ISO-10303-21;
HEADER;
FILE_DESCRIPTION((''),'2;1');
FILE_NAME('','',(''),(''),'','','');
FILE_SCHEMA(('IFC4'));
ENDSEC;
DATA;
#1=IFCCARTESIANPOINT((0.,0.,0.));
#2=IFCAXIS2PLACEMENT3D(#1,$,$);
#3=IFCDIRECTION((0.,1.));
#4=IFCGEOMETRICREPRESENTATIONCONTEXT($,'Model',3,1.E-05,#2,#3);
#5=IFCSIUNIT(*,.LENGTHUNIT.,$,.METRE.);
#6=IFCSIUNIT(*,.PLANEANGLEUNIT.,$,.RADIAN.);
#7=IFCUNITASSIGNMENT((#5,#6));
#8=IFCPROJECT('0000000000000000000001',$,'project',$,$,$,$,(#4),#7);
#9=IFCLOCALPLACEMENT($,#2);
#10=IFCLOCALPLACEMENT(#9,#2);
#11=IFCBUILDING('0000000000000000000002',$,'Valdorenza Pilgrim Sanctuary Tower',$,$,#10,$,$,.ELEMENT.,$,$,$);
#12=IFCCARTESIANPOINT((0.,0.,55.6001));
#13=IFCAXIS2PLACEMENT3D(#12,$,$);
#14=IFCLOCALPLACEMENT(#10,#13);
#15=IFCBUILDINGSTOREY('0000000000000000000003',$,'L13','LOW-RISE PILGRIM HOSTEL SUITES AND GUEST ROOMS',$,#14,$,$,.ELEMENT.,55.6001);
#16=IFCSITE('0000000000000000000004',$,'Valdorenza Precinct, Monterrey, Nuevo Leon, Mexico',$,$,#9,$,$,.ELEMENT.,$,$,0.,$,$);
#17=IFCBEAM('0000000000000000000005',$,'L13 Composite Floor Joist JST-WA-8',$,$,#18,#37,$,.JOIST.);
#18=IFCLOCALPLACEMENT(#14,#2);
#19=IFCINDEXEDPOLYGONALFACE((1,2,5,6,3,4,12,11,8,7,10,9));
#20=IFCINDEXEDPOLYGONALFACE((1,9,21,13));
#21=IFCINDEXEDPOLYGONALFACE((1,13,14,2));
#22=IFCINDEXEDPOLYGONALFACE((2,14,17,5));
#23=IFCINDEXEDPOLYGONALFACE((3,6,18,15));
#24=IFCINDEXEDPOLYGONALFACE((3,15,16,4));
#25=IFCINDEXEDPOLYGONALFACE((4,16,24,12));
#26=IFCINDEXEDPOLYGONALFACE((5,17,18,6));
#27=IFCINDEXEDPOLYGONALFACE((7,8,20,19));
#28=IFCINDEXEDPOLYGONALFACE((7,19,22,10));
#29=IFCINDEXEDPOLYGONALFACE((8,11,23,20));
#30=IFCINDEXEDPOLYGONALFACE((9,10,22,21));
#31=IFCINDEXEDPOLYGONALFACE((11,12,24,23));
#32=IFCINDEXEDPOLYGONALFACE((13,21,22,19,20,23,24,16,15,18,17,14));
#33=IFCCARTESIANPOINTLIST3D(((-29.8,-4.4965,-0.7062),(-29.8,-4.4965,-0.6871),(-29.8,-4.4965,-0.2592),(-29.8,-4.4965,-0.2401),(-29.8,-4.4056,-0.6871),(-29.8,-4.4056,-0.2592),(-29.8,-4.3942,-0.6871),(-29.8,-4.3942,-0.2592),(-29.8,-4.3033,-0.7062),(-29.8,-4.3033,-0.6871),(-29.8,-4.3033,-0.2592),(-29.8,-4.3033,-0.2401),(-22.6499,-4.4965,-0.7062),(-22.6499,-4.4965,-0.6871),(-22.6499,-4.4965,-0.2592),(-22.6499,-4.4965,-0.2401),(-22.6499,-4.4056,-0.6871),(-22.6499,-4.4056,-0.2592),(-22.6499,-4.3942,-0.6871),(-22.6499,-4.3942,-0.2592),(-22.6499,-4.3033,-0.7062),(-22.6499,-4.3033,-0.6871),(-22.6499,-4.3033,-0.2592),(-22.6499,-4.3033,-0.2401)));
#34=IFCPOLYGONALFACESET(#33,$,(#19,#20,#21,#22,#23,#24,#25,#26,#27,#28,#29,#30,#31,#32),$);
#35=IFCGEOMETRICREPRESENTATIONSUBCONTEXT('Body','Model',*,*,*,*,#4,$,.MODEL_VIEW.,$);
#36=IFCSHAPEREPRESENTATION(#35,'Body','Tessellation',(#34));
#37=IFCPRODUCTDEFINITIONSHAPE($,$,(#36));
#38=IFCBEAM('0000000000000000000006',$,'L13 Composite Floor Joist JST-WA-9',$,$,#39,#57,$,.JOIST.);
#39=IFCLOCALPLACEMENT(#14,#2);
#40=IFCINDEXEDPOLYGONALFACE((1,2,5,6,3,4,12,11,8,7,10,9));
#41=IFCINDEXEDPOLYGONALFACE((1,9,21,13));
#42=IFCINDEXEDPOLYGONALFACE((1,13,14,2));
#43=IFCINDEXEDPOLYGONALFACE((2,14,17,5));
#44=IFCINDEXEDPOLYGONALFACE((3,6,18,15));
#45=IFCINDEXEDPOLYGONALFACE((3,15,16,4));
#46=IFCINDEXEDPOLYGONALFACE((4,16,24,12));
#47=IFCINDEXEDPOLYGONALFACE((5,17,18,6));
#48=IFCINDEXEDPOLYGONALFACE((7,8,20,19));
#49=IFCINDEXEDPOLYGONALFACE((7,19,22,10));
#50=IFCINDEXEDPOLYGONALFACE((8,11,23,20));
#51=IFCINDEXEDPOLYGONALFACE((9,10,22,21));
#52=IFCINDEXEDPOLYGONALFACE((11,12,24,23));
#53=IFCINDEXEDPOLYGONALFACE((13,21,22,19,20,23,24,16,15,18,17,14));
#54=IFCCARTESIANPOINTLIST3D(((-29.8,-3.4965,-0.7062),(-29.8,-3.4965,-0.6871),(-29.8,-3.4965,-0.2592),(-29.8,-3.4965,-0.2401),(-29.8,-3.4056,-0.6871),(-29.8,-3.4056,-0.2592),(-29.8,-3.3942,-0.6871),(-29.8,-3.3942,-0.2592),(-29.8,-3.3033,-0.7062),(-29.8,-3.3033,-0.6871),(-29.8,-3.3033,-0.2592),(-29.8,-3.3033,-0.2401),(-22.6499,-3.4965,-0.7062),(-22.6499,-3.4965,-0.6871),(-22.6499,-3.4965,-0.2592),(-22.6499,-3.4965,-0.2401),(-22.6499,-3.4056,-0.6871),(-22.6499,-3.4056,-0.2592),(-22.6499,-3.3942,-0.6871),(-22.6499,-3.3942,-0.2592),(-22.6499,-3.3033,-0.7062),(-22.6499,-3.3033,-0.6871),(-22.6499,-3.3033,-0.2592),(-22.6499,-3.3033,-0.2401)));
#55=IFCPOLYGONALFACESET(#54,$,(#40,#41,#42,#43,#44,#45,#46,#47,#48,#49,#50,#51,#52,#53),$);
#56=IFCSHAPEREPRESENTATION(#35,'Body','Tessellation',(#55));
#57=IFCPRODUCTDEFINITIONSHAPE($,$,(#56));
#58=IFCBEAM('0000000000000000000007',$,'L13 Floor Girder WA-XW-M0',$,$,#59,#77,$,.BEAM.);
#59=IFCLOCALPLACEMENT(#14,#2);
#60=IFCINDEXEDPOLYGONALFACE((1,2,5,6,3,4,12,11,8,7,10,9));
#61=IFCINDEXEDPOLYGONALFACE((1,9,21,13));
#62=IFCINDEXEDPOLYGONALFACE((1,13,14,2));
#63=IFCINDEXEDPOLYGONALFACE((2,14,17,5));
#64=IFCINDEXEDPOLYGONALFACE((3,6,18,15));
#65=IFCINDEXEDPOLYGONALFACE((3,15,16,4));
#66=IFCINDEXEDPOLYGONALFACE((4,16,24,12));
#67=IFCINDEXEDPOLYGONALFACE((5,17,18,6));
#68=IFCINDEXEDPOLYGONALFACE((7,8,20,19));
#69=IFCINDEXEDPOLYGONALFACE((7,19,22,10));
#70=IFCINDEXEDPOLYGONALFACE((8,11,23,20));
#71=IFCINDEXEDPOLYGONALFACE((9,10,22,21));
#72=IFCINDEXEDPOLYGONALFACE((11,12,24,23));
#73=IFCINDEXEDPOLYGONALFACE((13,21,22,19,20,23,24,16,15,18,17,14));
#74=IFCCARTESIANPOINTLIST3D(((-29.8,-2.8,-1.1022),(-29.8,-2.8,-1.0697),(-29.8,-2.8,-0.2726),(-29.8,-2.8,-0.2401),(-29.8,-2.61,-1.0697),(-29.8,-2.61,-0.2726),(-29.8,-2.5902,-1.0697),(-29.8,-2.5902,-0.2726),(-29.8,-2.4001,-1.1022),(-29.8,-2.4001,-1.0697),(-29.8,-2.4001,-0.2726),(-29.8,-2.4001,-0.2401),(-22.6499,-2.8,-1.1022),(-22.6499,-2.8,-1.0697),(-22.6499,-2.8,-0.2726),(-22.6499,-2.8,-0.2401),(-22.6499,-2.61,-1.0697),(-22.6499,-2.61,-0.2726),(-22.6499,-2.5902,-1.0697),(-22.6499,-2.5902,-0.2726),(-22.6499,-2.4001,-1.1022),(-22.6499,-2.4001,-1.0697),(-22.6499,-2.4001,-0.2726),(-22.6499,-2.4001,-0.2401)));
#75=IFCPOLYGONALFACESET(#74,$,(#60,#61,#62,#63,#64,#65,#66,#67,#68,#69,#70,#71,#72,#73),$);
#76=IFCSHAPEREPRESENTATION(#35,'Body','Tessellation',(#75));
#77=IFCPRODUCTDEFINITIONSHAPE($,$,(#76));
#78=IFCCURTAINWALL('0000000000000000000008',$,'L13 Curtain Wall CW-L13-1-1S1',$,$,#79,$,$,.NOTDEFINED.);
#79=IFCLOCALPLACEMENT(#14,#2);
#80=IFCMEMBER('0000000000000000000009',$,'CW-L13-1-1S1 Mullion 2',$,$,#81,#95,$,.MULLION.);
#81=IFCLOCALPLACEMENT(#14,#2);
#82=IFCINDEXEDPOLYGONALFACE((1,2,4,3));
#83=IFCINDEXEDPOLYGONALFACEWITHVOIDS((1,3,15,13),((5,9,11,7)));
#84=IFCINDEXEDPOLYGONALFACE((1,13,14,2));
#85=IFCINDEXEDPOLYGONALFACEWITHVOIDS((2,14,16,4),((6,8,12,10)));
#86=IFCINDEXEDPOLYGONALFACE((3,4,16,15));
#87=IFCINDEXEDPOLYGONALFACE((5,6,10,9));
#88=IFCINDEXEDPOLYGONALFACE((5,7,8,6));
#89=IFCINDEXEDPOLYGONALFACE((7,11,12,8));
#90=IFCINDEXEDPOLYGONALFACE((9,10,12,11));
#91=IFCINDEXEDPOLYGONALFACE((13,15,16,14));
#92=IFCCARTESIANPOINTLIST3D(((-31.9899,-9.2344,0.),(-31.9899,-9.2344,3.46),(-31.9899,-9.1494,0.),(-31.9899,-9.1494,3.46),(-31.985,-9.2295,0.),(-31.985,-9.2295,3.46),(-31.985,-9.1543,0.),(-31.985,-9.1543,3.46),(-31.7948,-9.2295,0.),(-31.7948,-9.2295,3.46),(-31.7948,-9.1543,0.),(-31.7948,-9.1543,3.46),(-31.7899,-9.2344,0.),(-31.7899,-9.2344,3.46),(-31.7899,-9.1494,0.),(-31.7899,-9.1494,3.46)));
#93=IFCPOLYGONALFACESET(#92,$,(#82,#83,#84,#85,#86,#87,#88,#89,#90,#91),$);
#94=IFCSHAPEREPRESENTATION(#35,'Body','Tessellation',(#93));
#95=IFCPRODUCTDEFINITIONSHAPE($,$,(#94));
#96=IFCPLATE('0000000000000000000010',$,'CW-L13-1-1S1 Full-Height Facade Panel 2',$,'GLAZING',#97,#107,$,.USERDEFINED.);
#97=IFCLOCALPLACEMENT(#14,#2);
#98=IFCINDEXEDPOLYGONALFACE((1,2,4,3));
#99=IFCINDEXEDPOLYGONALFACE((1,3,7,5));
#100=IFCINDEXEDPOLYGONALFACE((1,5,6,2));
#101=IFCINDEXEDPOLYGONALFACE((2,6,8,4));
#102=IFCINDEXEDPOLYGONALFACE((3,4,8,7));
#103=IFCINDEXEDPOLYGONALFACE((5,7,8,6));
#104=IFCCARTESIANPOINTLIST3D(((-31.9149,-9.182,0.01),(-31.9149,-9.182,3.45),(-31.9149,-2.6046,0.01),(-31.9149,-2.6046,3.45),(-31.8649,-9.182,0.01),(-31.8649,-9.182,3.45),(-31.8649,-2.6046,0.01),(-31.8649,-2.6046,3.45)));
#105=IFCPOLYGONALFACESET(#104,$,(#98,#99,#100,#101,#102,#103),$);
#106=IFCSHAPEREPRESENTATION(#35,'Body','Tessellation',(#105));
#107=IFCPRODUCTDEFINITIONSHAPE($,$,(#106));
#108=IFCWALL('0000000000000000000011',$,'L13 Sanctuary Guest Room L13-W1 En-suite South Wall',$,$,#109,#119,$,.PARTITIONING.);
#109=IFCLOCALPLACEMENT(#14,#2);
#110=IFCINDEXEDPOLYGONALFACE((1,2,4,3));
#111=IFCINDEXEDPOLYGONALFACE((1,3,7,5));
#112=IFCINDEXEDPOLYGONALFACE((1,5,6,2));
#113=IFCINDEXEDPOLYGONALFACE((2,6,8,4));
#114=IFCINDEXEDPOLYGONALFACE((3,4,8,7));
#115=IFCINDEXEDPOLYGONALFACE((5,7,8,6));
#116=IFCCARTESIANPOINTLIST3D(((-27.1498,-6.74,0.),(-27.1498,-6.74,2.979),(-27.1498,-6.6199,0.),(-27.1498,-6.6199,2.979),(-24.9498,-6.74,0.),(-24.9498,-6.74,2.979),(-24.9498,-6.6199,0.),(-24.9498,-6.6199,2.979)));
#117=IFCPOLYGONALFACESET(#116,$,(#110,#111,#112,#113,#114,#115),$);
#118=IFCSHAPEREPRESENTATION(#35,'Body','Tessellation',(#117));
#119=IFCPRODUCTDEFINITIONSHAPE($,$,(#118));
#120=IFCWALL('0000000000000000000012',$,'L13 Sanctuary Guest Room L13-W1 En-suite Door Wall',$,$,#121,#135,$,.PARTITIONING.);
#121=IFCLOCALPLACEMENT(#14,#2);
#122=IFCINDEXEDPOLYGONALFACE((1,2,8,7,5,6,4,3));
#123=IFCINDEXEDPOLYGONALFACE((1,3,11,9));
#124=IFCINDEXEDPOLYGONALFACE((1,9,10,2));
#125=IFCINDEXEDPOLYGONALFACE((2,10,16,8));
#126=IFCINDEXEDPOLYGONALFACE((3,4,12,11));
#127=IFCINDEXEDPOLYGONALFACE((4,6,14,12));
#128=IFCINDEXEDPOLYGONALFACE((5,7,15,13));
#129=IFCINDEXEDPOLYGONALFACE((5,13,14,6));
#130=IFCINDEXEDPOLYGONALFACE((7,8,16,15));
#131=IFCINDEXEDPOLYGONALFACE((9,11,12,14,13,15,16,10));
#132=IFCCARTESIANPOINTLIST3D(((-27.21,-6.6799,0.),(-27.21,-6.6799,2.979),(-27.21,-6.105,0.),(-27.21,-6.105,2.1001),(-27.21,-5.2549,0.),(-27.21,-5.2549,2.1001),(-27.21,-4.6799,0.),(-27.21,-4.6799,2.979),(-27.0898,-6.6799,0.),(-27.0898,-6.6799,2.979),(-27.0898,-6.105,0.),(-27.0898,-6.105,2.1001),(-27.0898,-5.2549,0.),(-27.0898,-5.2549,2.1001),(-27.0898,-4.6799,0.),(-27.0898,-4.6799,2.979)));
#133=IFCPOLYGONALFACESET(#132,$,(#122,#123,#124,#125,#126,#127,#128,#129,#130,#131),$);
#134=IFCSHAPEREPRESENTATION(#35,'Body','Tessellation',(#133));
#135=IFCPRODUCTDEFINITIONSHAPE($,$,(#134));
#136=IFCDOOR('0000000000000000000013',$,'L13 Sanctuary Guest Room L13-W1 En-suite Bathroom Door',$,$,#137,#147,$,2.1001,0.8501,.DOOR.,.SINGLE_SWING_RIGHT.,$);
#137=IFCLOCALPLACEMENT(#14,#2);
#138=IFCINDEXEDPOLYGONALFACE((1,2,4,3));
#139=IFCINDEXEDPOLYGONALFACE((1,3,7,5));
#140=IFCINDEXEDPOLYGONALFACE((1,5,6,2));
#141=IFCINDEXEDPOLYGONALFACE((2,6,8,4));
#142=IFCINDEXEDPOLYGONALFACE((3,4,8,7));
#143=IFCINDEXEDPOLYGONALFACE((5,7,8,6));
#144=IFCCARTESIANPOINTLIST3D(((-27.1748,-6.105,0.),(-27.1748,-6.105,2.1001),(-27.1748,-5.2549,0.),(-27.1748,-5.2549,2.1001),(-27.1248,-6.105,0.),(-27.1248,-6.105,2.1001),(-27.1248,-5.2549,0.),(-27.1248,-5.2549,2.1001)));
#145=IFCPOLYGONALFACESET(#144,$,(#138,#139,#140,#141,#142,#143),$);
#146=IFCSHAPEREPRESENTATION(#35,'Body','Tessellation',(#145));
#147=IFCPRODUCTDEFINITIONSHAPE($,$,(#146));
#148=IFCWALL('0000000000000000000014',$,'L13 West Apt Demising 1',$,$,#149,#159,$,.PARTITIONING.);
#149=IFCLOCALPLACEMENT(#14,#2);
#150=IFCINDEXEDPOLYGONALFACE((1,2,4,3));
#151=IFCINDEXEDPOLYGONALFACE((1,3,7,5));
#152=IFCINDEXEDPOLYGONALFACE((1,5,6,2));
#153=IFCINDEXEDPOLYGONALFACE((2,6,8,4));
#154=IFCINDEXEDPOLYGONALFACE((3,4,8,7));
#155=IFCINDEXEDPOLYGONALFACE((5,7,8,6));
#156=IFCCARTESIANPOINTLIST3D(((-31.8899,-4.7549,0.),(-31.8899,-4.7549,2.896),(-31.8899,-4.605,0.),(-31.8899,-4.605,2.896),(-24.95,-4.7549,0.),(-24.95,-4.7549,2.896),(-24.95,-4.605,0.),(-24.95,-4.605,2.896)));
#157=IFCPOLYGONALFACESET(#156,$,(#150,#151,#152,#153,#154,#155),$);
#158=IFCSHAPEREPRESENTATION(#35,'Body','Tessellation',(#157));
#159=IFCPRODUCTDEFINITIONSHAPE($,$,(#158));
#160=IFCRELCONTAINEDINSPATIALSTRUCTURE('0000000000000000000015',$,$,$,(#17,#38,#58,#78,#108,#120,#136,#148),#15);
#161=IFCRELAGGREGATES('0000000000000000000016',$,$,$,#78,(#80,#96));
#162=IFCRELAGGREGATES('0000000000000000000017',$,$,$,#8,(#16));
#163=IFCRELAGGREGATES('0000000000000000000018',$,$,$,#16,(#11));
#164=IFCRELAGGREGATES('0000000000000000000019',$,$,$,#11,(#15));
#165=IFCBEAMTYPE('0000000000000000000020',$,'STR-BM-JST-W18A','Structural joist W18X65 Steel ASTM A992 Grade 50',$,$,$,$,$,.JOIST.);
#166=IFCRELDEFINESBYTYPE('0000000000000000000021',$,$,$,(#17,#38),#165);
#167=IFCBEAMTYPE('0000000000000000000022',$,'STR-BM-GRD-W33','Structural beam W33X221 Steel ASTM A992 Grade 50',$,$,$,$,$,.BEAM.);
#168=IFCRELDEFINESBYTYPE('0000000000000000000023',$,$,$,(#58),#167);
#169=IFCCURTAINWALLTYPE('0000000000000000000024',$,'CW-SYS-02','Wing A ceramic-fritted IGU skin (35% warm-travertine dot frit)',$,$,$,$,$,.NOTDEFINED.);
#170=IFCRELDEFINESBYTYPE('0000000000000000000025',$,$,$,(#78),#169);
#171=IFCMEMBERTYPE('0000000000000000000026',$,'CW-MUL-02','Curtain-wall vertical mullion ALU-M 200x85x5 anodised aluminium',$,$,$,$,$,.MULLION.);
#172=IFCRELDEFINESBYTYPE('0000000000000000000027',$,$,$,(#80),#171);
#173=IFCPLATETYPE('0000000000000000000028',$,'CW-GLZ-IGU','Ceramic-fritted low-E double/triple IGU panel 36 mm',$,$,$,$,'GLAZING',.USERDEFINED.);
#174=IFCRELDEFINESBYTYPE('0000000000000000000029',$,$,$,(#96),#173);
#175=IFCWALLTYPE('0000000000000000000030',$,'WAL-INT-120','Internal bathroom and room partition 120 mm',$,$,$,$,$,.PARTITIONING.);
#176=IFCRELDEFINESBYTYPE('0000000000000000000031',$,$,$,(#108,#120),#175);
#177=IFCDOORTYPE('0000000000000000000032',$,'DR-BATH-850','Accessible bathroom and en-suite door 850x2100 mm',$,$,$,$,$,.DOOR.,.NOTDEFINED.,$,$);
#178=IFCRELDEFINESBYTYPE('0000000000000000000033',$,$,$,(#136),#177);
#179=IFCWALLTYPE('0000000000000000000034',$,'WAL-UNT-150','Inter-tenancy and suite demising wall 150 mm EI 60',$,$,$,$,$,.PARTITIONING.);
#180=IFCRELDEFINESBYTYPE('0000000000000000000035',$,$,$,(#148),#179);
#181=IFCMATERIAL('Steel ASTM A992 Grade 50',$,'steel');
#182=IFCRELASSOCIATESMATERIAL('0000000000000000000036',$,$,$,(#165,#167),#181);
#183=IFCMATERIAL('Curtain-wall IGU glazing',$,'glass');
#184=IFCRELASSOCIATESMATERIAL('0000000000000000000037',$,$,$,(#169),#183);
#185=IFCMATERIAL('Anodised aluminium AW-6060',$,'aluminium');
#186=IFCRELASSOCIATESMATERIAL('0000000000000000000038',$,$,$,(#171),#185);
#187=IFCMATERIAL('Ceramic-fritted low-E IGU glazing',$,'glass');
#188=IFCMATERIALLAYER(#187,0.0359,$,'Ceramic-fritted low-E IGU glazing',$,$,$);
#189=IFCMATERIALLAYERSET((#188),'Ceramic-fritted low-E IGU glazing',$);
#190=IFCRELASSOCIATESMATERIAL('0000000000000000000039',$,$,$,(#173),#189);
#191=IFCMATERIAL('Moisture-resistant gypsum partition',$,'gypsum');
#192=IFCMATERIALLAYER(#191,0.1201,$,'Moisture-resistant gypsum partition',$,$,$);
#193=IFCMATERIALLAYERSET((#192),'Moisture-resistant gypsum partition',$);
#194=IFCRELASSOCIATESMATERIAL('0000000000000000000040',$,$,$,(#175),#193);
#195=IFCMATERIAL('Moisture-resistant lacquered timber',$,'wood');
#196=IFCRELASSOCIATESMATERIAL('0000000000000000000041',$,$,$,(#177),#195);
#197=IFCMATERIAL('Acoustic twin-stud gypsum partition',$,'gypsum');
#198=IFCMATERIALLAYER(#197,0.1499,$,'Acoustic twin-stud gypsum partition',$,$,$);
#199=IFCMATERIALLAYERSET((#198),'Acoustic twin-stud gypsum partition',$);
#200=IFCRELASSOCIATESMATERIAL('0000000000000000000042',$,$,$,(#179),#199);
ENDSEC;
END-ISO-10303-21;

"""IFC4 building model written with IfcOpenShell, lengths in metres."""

from ifc_helpers import new_model, si_unit, direction, frame, frame_2d, origin, origin_2d, place, context, subcontext, project, spatial, rectangle, hollow_rectangle, i_section, extrude, source, transform, mapped, material, layer, layer_set, material_profile, profile_set, type_object, element, fill, aggregate, save


model = new_model("IFC4")

# Units and contexts
model_context = context("Model", 3, precision=1e-05, world=origin(), true_north=direction((0.0, 1.0)))
body_context = subcontext(model_context, "Body", "Model", "MODEL_VIEW")
ifc_project = project(units=[si_unit("LENGTHUNIT", "METRE"), si_unit("PLANEANGLEUNIT", "RADIAN")], contexts=[model_context])

# Site, building, storey
site_placement = place(None, origin())
site = spatial("IfcSite", under=ifc_project, at=site_placement, Name="Valdorenza Precinct, Monterrey, Nuevo Leon, Mexico", CompositionType="ELEMENT", RefElevation=0.0)
building_placement = place(site_placement, origin())
building = spatial("IfcBuilding", under=site, at=building_placement, Name="Valdorenza Pilgrim Sanctuary Tower", CompositionType="ELEMENT")
storey_placement = place(building_placement, frame((0.0, 0.0, 55.6001)))
storey = spatial("IfcBuildingStorey", under=building, at=storey_placement, Name="L13", Description="LOW-RISE PILGRIM HOSTEL SUITES AND GUEST ROOMS", CompositionType="ELEMENT", Elevation=55.6001)

# Beams
ifc_material_1 = material(Name="Steel ASTM A992 Grade 50", Category="steel")
ifc_material_profile_1 = material_profile(ifc_material_1, i_section(OverallWidth=0.1931, OverallDepth=0.4661, WebThickness=0.0115, FlangeThickness=0.019, at=origin_2d()), Name="W18X65")
ifc_profile_set_1 = profile_set([ifc_material_profile_1], Name="Steel ASTM A992 Grade 50")
beam_type_1 = type_object("IfcBeamType", Name="STR-BM-JST-W18A", Description="Structural joist W18X65 Steel ASTM A992 Grade 50", PredefinedType="JOIST", material=ifc_profile_set_1)
shared_shape_1 = source(origin(), body_context, "Body", "SweptSolid", [
    extrude(i_section(OverallWidth=0.1931, OverallDepth=0.4661, WebThickness=0.0115, FlangeThickness=0.019, at=origin_2d()), origin(), (0.0, 0.0, 1.0), 7.1501),
])
for number, where, z_axis, x_axis, name in (
    (1, (-29.8, -4.3999, -0.4731), (1.0, 0.0, 0.0), (0.0, 1.0, 0.0), "L13 Composite Floor Joist JST-WA-8"),
    (2, (-29.8, -3.3999, -0.4731), (1.0, 0.0, 0.0), (0.0, 1.0, 0.0), "L13 Composite Floor Joist JST-WA-9"),
):
    element("IfcBeam", number, at=place(storey_placement, frame(where, z_axis=z_axis, x_axis=x_axis)), inside=storey, type_object=beam_type_1, Name=name, PredefinedType="JOIST", context=body_context, shape_type="MappedRepresentation", body=[
        mapped(shared_shape_1, transform((0.0, 0.0, 0.0), x_axis=(1.0, 0.0, 0.0), y_axis=(0.0, 1.0, 0.0), z_axis=(0.0, 0.0, 1.0), scale=1.0)),
    ])
ifc_material_profile_2 = material_profile(ifc_material_1, i_section(OverallWidth=0.3999, OverallDepth=0.8621, WebThickness=0.0198, FlangeThickness=0.0325, at=origin_2d()), Name="W33X221")
ifc_profile_set_2 = profile_set([ifc_material_profile_2], Name="Steel ASTM A992 Grade 50")
beam_type_2 = type_object("IfcBeamType", Name="STR-BM-GRD-W33", Description="Structural beam W33X221 Steel ASTM A992 Grade 50", PredefinedType="BEAM", material=ifc_profile_set_2)
shared_shape_2 = source(origin(), body_context, "Body", "SweptSolid", [
    extrude(i_section(OverallWidth=0.3999, OverallDepth=0.8621, WebThickness=0.0198, FlangeThickness=0.0325, at=origin_2d()), origin(), (0.0, 0.0, 1.0), 7.1501),
])
beam_placement = place(storey_placement, frame((-29.8, -2.6001, -0.6711), z_axis=(1.0, 0.0, 0.0), x_axis=(0.0, 1.0, 0.0)))
element("IfcBeam", 3, at=beam_placement, inside=storey, type_object=beam_type_2, Name="L13 Floor Girder WA-XW-M0", PredefinedType="BEAM", context=body_context, shape_type="MappedRepresentation", body=[
    mapped(shared_shape_2, transform((0.0, 0.0, 0.0), x_axis=(1.0, 0.0, 0.0), y_axis=(0.0, 1.0, 0.0), z_axis=(0.0, 0.0, 1.0), scale=1.0)),
])

# Curtain wall, member, plate
ifc_material_2 = material(Name="Curtain-wall IGU glazing", Category="glass")
curtain_wall_type = type_object("IfcCurtainWallType", Name="CW-SYS-02", Description="Wing A ceramic-fritted IGU skin (35% warm-travertine dot frit)", PredefinedType="NOTDEFINED", material=ifc_material_2)
curtain_wall_placement = place(storey_placement, origin())
curtain_wall = element("IfcCurtainWall", 4, at=curtain_wall_placement, inside=storey, type_object=curtain_wall_type, Name="L13 Curtain Wall CW-L13-1-1S1", PredefinedType="NOTDEFINED")
ifc_material_3 = material(Name="Anodised aluminium AW-6060", Category="aluminium")
ifc_material_profile_3 = material_profile(ifc_material_3, hollow_rectangle(XDim=0.085, YDim=0.2, WallThickness=0.0049, at=origin_2d()), Name="ALU-M 200x85x5")
ifc_profile_set_3 = profile_set([ifc_material_profile_3], Name="Anodised aluminium AW-6060")
member_type = type_object("IfcMemberType", Name="CW-MUL-02", Description="Curtain-wall vertical mullion ALU-M 200x85x5 anodised aluminium", PredefinedType="MULLION", material=ifc_profile_set_3)
shared_shape_3 = source(origin(), body_context, "Body", "SweptSolid", [
    extrude(hollow_rectangle(XDim=0.085, YDim=0.2, WallThickness=0.0049, at=origin_2d()), origin(), (0.0, 0.0, 1.0), 3.46),
])
member_placement = place(storey_placement, frame((-31.8899, -9.1919, 0.0), z_axis=(0.0, 0.0, 1.0), x_axis=(0.0, 1.0, 0.0)))
member = element("IfcMember", 5, at=member_placement, type_object=member_type, Name="CW-L13-1-1S1 Mullion 2", PredefinedType="MULLION", context=body_context, shape_type="MappedRepresentation", body=[
    mapped(shared_shape_3, transform((0.0, 0.0, 0.0), x_axis=(1.0, 0.0, 0.0), y_axis=(0.0, 1.0, 0.0), z_axis=(0.0, 0.0, 1.0), scale=1.0)),
])
ifc_material_4 = material(Name="Ceramic-fritted low-E IGU glazing", Category="glass")
ifc_layer_1 = layer(ifc_material_4, 0.0359, Name="Ceramic-fritted low-E IGU glazing")
ifc_layer_set_1 = layer_set([ifc_layer_1], Name="Ceramic-fritted low-E IGU glazing")
plate_type = type_object("IfcPlateType", Name="CW-GLZ-IGU", Description="Ceramic-fritted low-E double/triple IGU panel 36 mm", ElementType="GLAZING", PredefinedType="USERDEFINED", material=ifc_layer_set_1)
shared_shape_4 = source(origin(), body_context, "Body", "SweptSolid", [
    extrude(rectangle(XDim=6.5774, YDim=0.05, at=origin_2d()), origin(), (0.0, 0.0, 1.0), 3.4399),
])
plate_placement = place(storey_placement, frame((-31.8899, -5.8933, 0.01), z_axis=(0.0, 0.0, 1.0), x_axis=(0.0, 1.0, 0.0)))
plate = element("IfcPlate", 6, at=plate_placement, type_object=plate_type, Name="CW-L13-1-1S1 Full-Height Facade Panel 2", ObjectType="GLAZING", PredefinedType="USERDEFINED", context=body_context, shape_type="MappedRepresentation", body=[
    mapped(shared_shape_4, transform((0.0, 0.0, 0.0), x_axis=(1.0, 0.0, 0.0), y_axis=(0.0, 1.0, 0.0), z_axis=(0.0, 0.0, 1.0), scale=1.0)),
])
aggregate(curtain_wall, [member, plate])

# Wall
ifc_material_5 = material(Name="Moisture-resistant gypsum partition", Category="gypsum")
ifc_layer_2 = layer(ifc_material_5, 0.1201, Name="Moisture-resistant gypsum partition")
ifc_layer_set_2 = layer_set([ifc_layer_2], Name="Moisture-resistant gypsum partition")
wall_type_1 = type_object("IfcWallType", Name="WAL-INT-120", Description="Internal bathroom and room partition 120 mm", PredefinedType="PARTITIONING", material=ifc_layer_set_2)
wall_1_placement = place(storey_placement, frame((-27.1499, -6.6799, 0.0), z_axis=(0.0, 0.0, 1.0), x_axis=(1.0, 0.0, 0.0)))
element("IfcWall", 7, at=wall_1_placement, inside=storey, type_object=wall_type_1, Name="L13 Sanctuary Guest Room L13-W1 En-suite South Wall", PredefinedType="PARTITIONING", context=body_context, shape_type="SweptSolid", body=[
    extrude(rectangle(XDim=2.2, YDim=0.1201, at=frame_2d((1.1001, 0.0))), origin(), (0.0, 0.0, 1.0), 2.979),
])

# Wall, opening, door
wall_2_placement = place(storey_placement, frame((-27.1499, -6.6799, 0.0), z_axis=(0.0, 0.0, 1.0), x_axis=(0.0, 1.0, 0.0)))
wall_2 = element("IfcWall", 8, at=wall_2_placement, inside=storey, type_object=wall_type_1, Name="L13 Sanctuary Guest Room L13-W1 En-suite Door Wall", PredefinedType="PARTITIONING", context=body_context, shape_type="SweptSolid", body=[
    extrude(rectangle(XDim=2.0, YDim=0.1201, at=frame_2d((1.0, 0.0))), origin(), (0.0, 0.0, 1.0), 2.979),
])
opening_placement = place(wall_2_placement, frame((0.575, 0.0, 0.0)))
opening = element("IfcOpeningElement", 9, at=opening_placement, cuts=wall_2, PredefinedType="OPENING", context=body_context, shape_type="SweptSolid", body=[
    extrude(rectangle(XDim=0.8501, YDim=2.1001, at=frame_2d((0.425, 1.05))), frame((0.0, 0.075, 0.0), z_axis=(0.0, -1.0, 0.0), x_axis=(1.0, 0.0, 0.0)), (0.0, 0.0, 1.0), 0.1499),
])
ifc_material_6 = material(Name="Moisture-resistant lacquered timber", Category="wood")
door_type = type_object("IfcDoorType", Name="DR-BATH-850", Description="Accessible bathroom and en-suite door 850x2100 mm", OperationType="NOTDEFINED", PredefinedType="DOOR", material=ifc_material_6)
door_placement = place(opening_placement, origin())
door = element("IfcDoor", 10, at=door_placement, inside=storey, type_object=door_type, Name="L13 Sanctuary Guest Room L13-W1 En-suite Bathroom Door", OperationType="SINGLE_SWING_RIGHT", OverallHeight=2.1001, OverallWidth=0.8501, PredefinedType="DOOR", context=body_context, shape_type="SweptSolid", body=[
    extrude(rectangle(XDim=0.8501, YDim=2.1001, at=frame_2d((0.425, 1.05))), frame((0.0, 0.0249, 0.0), z_axis=(0.0, -1.0, 0.0), x_axis=(1.0, 0.0, 0.0)), (0.0, 0.0, 1.0), 0.05),
])
fill(opening, door)

# Wall
ifc_material_7 = material(Name="Acoustic twin-stud gypsum partition", Category="gypsum")
ifc_layer_3 = layer(ifc_material_7, 0.1499, Name="Acoustic twin-stud gypsum partition")
ifc_layer_set_3 = layer_set([ifc_layer_3], Name="Acoustic twin-stud gypsum partition")
wall_type_2 = type_object("IfcWallType", Name="WAL-UNT-150", Description="Inter-tenancy and suite demising wall 150 mm EI 60", PredefinedType="PARTITIONING", material=ifc_layer_set_3)
wall_3_placement = place(storey_placement, frame((-31.8899, -4.6799, 0.0), z_axis=(0.0, 0.0, 1.0), x_axis=(1.0, 0.0, 0.0)))
element("IfcWall", 11, at=wall_3_placement, inside=storey, type_object=wall_type_2, Name="L13 West Apt Demising 1", PredefinedType="PARTITIONING", context=body_context, shape_type="SweptSolid", body=[
    extrude(rectangle(XDim=6.9399, YDim=0.1499, at=frame_2d((3.47, 0.0))), origin(), (0.0, 0.0, 1.0), 2.896),
])

save(model, "model.ifc")
